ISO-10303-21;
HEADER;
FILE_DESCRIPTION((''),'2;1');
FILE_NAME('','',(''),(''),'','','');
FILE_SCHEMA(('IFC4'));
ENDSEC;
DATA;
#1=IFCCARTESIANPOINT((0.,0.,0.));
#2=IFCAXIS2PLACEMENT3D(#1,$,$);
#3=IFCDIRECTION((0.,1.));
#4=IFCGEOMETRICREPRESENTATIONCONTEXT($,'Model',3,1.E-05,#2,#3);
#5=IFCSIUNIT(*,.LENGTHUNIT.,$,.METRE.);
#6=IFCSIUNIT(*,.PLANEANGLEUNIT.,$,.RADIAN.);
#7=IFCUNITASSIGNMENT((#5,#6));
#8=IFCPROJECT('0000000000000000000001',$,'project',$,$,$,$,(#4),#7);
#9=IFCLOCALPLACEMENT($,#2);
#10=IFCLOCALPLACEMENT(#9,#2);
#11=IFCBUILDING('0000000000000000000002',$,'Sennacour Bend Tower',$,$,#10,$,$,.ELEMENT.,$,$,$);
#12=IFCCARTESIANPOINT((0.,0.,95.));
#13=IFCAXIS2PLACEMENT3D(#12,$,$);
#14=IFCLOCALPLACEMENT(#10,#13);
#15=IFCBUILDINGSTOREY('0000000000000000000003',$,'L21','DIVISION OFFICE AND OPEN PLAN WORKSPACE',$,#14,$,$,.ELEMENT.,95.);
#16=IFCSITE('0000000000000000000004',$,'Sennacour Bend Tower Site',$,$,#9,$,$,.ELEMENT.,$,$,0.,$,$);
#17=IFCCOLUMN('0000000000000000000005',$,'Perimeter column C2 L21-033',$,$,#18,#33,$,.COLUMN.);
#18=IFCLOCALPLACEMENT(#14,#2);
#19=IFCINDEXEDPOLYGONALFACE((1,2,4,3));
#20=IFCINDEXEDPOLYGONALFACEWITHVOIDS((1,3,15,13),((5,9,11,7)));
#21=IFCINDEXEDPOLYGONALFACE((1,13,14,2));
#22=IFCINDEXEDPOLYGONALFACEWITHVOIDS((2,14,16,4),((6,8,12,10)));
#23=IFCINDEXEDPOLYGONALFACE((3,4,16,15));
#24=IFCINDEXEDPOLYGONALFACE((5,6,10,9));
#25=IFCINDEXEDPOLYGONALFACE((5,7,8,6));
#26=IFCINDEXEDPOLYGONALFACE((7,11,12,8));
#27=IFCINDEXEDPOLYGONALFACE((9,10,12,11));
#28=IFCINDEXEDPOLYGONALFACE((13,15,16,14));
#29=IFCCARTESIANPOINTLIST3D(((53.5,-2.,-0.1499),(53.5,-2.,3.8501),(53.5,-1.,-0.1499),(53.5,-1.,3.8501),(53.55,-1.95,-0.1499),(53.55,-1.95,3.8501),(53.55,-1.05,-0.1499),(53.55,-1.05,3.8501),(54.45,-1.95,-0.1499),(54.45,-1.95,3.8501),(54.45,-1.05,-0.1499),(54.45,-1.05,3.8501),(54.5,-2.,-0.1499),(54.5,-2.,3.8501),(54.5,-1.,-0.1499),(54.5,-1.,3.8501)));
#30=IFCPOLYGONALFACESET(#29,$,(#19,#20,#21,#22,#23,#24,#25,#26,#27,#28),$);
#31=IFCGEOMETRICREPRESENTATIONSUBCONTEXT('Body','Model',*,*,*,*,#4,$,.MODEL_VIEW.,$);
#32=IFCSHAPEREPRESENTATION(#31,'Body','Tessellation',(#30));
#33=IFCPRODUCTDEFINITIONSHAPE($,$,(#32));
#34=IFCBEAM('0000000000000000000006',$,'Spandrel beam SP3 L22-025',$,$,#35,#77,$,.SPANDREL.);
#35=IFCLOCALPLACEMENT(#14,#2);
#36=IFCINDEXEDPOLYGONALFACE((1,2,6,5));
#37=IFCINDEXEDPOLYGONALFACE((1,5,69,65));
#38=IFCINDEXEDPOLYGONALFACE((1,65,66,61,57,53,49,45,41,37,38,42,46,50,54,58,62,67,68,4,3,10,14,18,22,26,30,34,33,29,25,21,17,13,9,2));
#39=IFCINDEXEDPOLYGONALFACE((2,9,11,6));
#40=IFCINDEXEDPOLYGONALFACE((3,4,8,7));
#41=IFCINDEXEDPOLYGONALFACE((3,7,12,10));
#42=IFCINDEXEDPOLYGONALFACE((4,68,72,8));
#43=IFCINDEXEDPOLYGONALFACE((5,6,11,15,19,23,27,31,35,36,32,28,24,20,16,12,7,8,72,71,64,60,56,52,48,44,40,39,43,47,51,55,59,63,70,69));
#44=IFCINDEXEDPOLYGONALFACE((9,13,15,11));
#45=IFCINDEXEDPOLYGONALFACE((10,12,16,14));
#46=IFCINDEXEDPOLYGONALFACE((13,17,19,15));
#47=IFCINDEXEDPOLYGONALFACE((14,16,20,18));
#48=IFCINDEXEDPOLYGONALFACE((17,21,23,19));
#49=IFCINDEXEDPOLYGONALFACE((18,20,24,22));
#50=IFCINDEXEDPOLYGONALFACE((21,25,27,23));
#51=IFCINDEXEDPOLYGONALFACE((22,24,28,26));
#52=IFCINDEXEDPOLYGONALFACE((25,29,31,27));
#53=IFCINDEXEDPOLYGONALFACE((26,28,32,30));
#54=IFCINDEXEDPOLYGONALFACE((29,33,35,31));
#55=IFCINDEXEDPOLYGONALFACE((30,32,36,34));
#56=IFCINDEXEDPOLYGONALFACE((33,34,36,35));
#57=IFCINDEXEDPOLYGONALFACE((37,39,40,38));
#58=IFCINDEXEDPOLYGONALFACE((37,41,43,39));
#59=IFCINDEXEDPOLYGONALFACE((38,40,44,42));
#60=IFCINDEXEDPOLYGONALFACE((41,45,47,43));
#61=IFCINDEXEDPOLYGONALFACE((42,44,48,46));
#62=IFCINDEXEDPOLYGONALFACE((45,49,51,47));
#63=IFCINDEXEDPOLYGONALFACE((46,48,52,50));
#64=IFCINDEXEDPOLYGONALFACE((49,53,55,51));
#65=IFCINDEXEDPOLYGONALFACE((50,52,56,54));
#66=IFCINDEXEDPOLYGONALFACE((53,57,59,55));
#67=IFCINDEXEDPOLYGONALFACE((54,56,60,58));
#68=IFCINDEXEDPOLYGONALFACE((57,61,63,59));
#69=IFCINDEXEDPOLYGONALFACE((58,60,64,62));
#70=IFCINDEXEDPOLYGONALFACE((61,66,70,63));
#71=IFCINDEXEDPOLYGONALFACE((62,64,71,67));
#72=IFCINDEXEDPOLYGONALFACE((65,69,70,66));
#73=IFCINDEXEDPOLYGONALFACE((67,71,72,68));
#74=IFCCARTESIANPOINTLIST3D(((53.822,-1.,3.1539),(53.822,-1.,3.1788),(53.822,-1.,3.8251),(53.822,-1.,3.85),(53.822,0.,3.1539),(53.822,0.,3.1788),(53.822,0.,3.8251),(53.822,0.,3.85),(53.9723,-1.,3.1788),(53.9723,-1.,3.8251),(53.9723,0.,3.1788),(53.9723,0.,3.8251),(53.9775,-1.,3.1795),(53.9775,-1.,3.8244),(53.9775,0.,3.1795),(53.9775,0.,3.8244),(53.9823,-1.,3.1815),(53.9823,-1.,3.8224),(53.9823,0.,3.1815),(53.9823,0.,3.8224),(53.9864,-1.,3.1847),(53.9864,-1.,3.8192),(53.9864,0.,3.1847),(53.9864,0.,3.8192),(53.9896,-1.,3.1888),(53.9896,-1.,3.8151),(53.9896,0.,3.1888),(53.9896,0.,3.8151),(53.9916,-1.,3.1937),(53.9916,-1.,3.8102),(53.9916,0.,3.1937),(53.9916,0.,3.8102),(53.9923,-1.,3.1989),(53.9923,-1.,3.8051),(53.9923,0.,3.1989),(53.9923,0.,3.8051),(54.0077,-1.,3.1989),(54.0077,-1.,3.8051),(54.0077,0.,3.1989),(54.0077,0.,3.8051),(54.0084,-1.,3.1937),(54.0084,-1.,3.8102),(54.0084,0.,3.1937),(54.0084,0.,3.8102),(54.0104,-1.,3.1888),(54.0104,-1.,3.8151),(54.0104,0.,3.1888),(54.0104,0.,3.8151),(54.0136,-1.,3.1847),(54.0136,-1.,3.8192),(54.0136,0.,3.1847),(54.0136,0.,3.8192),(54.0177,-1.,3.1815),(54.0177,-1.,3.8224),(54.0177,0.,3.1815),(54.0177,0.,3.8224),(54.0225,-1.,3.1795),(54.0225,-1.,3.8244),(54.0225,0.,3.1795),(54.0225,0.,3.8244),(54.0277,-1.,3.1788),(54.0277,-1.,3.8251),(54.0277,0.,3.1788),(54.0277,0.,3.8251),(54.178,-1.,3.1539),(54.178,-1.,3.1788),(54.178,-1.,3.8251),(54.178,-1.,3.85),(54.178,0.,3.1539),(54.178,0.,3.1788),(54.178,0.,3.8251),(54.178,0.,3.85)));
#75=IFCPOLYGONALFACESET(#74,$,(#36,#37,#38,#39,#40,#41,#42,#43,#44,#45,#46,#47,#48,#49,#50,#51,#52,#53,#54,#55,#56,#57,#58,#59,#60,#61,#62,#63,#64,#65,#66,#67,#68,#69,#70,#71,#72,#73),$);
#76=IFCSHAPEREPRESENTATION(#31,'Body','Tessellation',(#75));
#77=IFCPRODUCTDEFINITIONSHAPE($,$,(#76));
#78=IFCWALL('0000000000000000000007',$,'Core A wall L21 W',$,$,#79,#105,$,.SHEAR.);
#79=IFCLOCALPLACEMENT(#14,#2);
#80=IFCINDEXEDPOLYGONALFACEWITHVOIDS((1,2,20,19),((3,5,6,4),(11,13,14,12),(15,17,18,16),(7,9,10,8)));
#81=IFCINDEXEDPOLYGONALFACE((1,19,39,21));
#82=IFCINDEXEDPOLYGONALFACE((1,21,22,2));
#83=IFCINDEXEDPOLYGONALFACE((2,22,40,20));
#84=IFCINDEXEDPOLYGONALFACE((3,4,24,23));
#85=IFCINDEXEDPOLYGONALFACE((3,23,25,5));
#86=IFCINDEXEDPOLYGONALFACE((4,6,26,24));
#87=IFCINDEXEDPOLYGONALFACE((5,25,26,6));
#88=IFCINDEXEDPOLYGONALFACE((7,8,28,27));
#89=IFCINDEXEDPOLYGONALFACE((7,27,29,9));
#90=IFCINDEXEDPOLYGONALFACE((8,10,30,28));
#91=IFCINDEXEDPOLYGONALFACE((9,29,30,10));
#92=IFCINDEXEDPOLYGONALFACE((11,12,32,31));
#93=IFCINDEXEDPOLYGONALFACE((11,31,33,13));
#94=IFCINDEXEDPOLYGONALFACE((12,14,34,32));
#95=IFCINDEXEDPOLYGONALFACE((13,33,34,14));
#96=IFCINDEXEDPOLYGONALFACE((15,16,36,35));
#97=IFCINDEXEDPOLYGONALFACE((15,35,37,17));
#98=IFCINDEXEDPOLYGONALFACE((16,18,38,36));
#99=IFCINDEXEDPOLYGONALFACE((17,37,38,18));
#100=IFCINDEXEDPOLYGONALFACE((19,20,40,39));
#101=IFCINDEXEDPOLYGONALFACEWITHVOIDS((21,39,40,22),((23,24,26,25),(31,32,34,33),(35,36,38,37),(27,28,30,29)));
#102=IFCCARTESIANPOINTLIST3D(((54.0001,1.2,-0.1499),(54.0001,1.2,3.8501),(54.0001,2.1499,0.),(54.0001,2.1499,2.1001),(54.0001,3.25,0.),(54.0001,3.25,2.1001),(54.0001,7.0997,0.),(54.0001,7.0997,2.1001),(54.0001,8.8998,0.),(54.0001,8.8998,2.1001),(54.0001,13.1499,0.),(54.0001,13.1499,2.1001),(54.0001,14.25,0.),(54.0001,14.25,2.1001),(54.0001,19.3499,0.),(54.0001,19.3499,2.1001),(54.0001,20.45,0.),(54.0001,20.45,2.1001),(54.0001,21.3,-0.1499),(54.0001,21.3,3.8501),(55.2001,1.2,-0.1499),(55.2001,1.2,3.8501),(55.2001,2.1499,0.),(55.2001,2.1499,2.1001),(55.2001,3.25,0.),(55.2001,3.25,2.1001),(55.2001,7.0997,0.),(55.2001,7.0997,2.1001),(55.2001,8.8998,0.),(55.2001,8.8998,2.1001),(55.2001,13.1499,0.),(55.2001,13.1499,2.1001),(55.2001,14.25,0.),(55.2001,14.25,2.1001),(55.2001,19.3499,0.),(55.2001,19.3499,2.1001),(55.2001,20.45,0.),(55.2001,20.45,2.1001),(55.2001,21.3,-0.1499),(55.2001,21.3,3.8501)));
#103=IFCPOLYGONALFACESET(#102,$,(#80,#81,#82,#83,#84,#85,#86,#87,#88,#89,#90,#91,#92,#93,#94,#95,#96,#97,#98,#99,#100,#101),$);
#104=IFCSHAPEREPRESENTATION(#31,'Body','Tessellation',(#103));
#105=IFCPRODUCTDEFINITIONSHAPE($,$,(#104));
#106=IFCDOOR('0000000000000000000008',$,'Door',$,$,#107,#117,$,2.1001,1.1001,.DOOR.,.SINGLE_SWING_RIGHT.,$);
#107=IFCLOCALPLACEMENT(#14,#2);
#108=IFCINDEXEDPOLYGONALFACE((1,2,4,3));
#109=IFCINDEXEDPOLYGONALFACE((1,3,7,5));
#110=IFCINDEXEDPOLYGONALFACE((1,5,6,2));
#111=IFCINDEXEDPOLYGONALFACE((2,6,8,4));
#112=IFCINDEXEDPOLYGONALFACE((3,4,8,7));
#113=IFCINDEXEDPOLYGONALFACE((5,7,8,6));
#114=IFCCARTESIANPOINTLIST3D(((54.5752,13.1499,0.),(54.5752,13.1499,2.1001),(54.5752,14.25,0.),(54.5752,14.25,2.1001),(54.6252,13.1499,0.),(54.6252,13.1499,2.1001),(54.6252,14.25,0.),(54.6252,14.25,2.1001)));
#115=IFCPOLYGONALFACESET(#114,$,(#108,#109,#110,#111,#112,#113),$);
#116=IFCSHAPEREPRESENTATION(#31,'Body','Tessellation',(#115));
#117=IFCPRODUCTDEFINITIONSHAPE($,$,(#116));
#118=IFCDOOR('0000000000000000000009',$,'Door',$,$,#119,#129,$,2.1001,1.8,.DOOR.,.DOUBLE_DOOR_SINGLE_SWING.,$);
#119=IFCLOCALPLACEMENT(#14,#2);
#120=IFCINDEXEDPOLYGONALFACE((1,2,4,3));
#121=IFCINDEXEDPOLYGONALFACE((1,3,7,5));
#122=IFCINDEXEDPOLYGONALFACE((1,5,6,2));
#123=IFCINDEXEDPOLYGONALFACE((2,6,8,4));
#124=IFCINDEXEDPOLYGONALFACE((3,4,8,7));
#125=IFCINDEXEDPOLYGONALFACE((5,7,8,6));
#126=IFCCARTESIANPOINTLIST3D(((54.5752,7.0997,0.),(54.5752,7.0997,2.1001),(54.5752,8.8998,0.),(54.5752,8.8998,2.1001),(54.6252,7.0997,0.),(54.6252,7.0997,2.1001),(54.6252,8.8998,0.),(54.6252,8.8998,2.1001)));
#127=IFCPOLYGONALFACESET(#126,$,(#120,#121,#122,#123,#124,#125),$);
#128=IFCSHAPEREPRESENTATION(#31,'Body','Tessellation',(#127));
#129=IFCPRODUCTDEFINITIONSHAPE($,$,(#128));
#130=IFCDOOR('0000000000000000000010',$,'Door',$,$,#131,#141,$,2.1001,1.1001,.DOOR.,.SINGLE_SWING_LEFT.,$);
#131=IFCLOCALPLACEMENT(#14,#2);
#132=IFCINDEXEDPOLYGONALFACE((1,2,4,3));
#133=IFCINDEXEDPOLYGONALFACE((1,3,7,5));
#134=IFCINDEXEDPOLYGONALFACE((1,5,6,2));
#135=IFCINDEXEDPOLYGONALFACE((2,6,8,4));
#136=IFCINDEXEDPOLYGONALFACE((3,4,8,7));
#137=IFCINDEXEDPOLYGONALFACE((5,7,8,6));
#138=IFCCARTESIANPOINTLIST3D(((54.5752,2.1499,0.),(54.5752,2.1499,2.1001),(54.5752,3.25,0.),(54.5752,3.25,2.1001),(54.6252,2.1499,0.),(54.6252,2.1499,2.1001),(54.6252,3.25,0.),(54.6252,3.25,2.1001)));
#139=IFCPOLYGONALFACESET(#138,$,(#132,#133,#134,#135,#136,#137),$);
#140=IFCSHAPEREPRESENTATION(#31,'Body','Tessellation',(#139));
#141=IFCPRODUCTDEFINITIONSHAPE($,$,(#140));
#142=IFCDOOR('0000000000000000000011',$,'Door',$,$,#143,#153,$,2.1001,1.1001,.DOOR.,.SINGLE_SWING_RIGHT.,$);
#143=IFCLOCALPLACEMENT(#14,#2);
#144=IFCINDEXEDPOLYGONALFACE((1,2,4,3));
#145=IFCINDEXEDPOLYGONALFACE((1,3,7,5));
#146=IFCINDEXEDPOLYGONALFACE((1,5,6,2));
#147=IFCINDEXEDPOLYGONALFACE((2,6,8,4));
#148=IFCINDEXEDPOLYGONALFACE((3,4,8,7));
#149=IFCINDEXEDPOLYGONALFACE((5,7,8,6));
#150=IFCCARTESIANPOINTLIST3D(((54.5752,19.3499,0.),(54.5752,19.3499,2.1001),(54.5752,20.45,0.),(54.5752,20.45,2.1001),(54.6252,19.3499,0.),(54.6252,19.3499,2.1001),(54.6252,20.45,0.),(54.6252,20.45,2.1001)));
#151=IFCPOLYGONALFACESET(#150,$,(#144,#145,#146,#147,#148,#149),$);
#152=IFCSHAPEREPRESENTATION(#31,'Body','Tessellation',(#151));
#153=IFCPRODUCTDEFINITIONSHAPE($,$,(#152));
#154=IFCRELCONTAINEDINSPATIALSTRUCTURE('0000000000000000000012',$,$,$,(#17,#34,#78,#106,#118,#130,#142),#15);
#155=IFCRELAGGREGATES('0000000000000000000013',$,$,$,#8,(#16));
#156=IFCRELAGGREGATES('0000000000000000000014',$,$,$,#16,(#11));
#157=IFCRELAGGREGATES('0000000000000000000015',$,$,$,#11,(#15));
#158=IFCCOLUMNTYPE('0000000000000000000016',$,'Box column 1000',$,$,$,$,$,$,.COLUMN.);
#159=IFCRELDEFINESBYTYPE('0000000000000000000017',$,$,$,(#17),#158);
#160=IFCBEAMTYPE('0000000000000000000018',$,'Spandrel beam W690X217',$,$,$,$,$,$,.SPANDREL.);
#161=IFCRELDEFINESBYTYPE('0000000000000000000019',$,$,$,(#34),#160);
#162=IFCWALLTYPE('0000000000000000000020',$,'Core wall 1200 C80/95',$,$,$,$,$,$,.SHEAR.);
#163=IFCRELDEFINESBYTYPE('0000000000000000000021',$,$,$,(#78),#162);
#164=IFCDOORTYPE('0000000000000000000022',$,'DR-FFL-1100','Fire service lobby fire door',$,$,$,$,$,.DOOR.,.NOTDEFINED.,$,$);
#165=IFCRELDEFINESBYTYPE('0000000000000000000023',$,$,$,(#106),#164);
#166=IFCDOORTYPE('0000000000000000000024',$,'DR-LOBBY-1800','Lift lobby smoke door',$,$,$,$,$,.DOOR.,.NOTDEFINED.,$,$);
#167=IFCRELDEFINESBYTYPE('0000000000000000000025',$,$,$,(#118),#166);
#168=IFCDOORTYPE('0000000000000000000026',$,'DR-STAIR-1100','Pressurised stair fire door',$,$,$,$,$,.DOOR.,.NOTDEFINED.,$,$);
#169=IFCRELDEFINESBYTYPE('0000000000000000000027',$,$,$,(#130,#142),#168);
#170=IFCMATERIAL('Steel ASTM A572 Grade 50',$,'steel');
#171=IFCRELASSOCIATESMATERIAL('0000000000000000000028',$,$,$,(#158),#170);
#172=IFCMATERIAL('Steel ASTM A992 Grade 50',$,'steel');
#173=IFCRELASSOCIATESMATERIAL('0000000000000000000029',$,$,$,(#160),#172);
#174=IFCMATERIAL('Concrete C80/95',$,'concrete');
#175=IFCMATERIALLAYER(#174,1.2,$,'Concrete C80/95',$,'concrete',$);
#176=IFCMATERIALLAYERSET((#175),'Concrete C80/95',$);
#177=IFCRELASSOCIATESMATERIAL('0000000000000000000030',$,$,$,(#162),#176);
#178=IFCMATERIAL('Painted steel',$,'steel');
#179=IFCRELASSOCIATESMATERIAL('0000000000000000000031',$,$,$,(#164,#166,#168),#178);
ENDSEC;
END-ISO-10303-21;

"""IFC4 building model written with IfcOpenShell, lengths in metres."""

from ifc_helpers import new_model, si_unit, direction, frame, frame_2d, origin, origin_2d, place, context, subcontext, project, spatial, rectangle, hollow_rectangle, i_section, extrude, material, layer, layer_set, material_profile, profile_set, type_object, element, fill, save


model = new_model("IFC4")

# Units and contexts
model_context = context("Model", 3, precision=1e-05, world=origin(), true_north=direction((0.0, 1.0)))
body_context = subcontext(model_context, "Body", "Model", "MODEL_VIEW")
ifc_project = project(units=[si_unit("LENGTHUNIT", "METRE"), si_unit("PLANEANGLEUNIT", "RADIAN")], contexts=[model_context])

# Site, building, storey
site_placement = place(None, origin())
site = spatial("IfcSite", under=ifc_project, at=site_placement, Name="Sennacour Bend Tower Site", CompositionType="ELEMENT", RefElevation=0.0)
building_placement = place(site_placement, origin())
building = spatial("IfcBuilding", under=site, at=building_placement, Name="Sennacour Bend Tower", CompositionType="ELEMENT")
storey_placement = place(building_placement, frame((0.0, 0.0, 95.0)))
storey = spatial("IfcBuildingStorey", under=building, at=storey_placement, Name="L21", Description="DIVISION OFFICE AND OPEN PLAN WORKSPACE", CompositionType="ELEMENT", Elevation=95.0)

# Column
ifc_material_1 = material(Name="Steel ASTM A572 Grade 50", Category="steel")
ifc_material_profile_1 = material_profile(ifc_material_1, hollow_rectangle(XDim=1.0, YDim=1.0, WallThickness=0.05, at=origin_2d()), Name="Steel ASTM A572 Grade 50", Category="steel")
ifc_profile_set_1 = profile_set([ifc_material_profile_1], Name="Steel ASTM A572 Grade 50")
column_type = type_object("IfcColumnType", Name="Box column 1000", PredefinedType="COLUMN", material=ifc_profile_set_1)
column_placement = place(storey_placement, frame((54.0, -1.5, -0.1499), z_axis=(0.0, 0.0, 1.0), x_axis=(1.0, 0.0, 0.0)))
element("IfcColumn", 1, at=column_placement, inside=storey, type_object=column_type, Name="Perimeter column C2 L21-033", PredefinedType="COLUMN", context=body_context, shape_type="SweptSolid", body=[
    extrude(hollow_rectangle(XDim=1.0, YDim=1.0, WallThickness=0.05, at=origin_2d()), origin(), (0.0, 0.0, 1.0), 4.0),
])

# Beam
ifc_material_2 = material(Name="Steel ASTM A992 Grade 50", Category="steel")
ifc_material_profile_2 = material_profile(ifc_material_2, i_section(OverallWidth=0.356, OverallDepth=0.696, WebThickness=0.0154, FlangeThickness=0.0249, FilletRadius=0.02, at=origin_2d()), Name="Steel ASTM A992 Grade 50", Category="steel")
ifc_profile_set_2 = profile_set([ifc_material_profile_2], Name="Steel ASTM A992 Grade 50")
beam_type = type_object("IfcBeamType", Name="Spandrel beam W690X217", PredefinedType="SPANDREL", material=ifc_profile_set_2)
beam_placement = place(storey_placement, frame((54.0, 0.0, 3.502), z_axis=(0.0, -1.0, 0.0), x_axis=(1.0, 0.0, 0.0)))
element("IfcBeam", 2, at=beam_placement, inside=storey, type_object=beam_type, Name="Spandrel beam SP3 L22-025", PredefinedType="SPANDREL", context=body_context, shape_type="SweptSolid", body=[
    extrude(i_section(OverallWidth=0.356, OverallDepth=0.696, WebThickness=0.0154, FlangeThickness=0.0249, FilletRadius=0.02, at=origin_2d()), origin(), (0.0, 0.0, 1.0), 1.0),
])

# Wall, openings, doors
ifc_material_3 = material(Name="Concrete C80/95", Category="concrete")
ifc_layer_1 = layer(ifc_material_3, 1.2, Name="Concrete C80/95", Category="concrete")
ifc_layer_set_1 = layer_set([ifc_layer_1], Name="Concrete C80/95")
wall_type_1 = type_object("IfcWallType", Name="Core wall 1200 C80/95", PredefinedType="SHEAR", material=ifc_layer_set_1)
wall_1_placement = place(storey_placement, frame((54.6001, 1.2, -0.1499), z_axis=(0.0, 0.0, 1.0), x_axis=(0.0, 1.0, 0.0)))
wall_1 = element("IfcWall", 3, at=wall_1_placement, inside=storey, type_object=wall_type_1, Name="Core A wall L21 W", PredefinedType="SHEAR", context=body_context, shape_type="SweptSolid", body=[
    extrude(rectangle(XDim=20.1001, YDim=1.2, at=frame_2d((10.05, 0.0))), origin(), (0.0, 0.0, 1.0), 4.0),
])
opening_1_placement = place(wall_1_placement, frame((5.8999, 0.0, 0.1499)))
opening_1 = element("IfcOpeningElement", 4, at=opening_1_placement, cuts=wall_1, PredefinedType="OPENING", context=body_context, shape_type="SweptSolid", body=[
    extrude(rectangle(XDim=1.8, YDim=2.1001, at=frame_2d((0.8999, 1.05))), frame((0.0, 0.6099, 0.0), z_axis=(0.0, -1.0, 0.0), x_axis=(1.0, 0.0, 0.0)), (0.0, 0.0, 1.0), 1.22),
])
opening_2_placement = place(wall_1_placement, frame((11.95, 0.0, 0.1499)))
opening_2 = element("IfcOpeningElement", 5, at=opening_2_placement, cuts=wall_1, PredefinedType="OPENING", context=body_context, shape_type="SweptSolid", body=[
    extrude(rectangle(XDim=1.1001, YDim=2.1001, at=frame_2d((0.55, 1.05))), frame((0.0, 0.6099, 0.0), z_axis=(0.0, -1.0, 0.0), x_axis=(1.0, 0.0, 0.0)), (0.0, 0.0, 1.0), 1.22),
])
opening_3_placement = place(wall_1_placement, frame((0.95, 0.0, 0.1499)))
opening_3 = element("IfcOpeningElement", 6, at=opening_3_placement, cuts=wall_1, PredefinedType="OPENING", context=body_context, shape_type="SweptSolid", body=[
    extrude(rectangle(XDim=1.1001, YDim=2.1001, at=frame_2d((0.55, 1.05))), frame((0.0, 0.6099, 0.0), z_axis=(0.0, -1.0, 0.0), x_axis=(1.0, 0.0, 0.0)), (0.0, 0.0, 1.0), 1.22),
])
opening_4_placement = place(wall_1_placement, frame((18.1499, 0.0, 0.1499)))
opening_4 = element("IfcOpeningElement", 7, at=opening_4_placement, cuts=wall_1, PredefinedType="OPENING", context=body_context, shape_type="SweptSolid", body=[
    extrude(rectangle(XDim=1.1001, YDim=2.1001, at=frame_2d((0.55, 1.05))), frame((0.0, 0.6099, 0.0), z_axis=(0.0, -1.0, 0.0), x_axis=(1.0, 0.0, 0.0)), (0.0, 0.0, 1.0), 1.22),
])
ifc_material_4 = material(Name="Painted steel", Category="steel")
door_type_1 = type_object("IfcDoorType", Name="DR-FFL-1100", Description="Fire service lobby fire door", OperationType="NOTDEFINED", PredefinedType="DOOR", material=ifc_material_4)
door_1_placement = place(opening_2_placement, origin())
door_1 = element("IfcDoor", 8, at=door_1_placement, inside=storey, type_object=door_type_1, Name="Door", OperationType="SINGLE_SWING_RIGHT", OverallHeight=2.1001, OverallWidth=1.1001, PredefinedType="DOOR", context=body_context, shape_type="SweptSolid", body=[
    extrude(rectangle(XDim=1.1001, YDim=2.1001, at=frame_2d((0.55, 1.05))), frame((0.0, 0.0249, 0.0), z_axis=(0.0, -1.0, 0.0), x_axis=(1.0, 0.0, 0.0)), (0.0, 0.0, 1.0), 0.05),
])
fill(opening_2, door_1)
door_type_2 = type_object("IfcDoorType", Name="DR-LOBBY-1800", Description="Lift lobby smoke door", OperationType="NOTDEFINED", PredefinedType="DOOR", material=ifc_material_4)
door_2_placement = place(opening_1_placement, origin())
door_2 = element("IfcDoor", 9, at=door_2_placement, inside=storey, type_object=door_type_2, Name="Door", OperationType="DOUBLE_DOOR_SINGLE_SWING", OverallHeight=2.1001, OverallWidth=1.8, PredefinedType="DOOR", context=body_context, shape_type="SweptSolid", body=[
    extrude(rectangle(XDim=1.8, YDim=2.1001, at=frame_2d((0.8999, 1.05))), frame((0.0, 0.0249, 0.0), z_axis=(0.0, -1.0, 0.0), x_axis=(1.0, 0.0, 0.0)), (0.0, 0.0, 1.0), 0.05),
])
fill(opening_1, door_2)
door_type_3 = type_object("IfcDoorType", Name="DR-STAIR-1100", Description="Pressurised stair fire door", OperationType="NOTDEFINED", PredefinedType="DOOR", material=ifc_material_4)
door_3_placement = place(opening_3_placement, origin())
door_3 = element("IfcDoor", 10, at=door_3_placement, inside=storey, type_object=door_type_3, Name="Door", OperationType="SINGLE_SWING_LEFT", OverallHeight=2.1001, OverallWidth=1.1001, PredefinedType="DOOR", context=body_context, shape_type="SweptSolid", body=[
    extrude(rectangle(XDim=1.1001, YDim=2.1001, at=frame_2d((0.55, 1.05))), frame((0.0, 0.0249, 0.0), z_axis=(0.0, -1.0, 0.0), x_axis=(1.0, 0.0, 0.0)), (0.0, 0.0, 1.0), 0.05),
])
fill(opening_3, door_3)
door_4_placement = place(opening_4_placement, origin())
door_4 = element("IfcDoor", 11, at=door_4_placement, inside=storey, type_object=door_type_3, Name="Door", OperationType="SINGLE_SWING_RIGHT", OverallHeight=2.1001, OverallWidth=1.1001, PredefinedType="DOOR", context=body_context, shape_type="SweptSolid", body=[
    extrude(rectangle(XDim=1.1001, YDim=2.1001, at=frame_2d((0.55, 1.05))), frame((0.0, 0.0249, 0.0), z_axis=(0.0, -1.0, 0.0), x_axis=(1.0, 0.0, 0.0)), (0.0, 0.0, 1.0), 0.05),
])
fill(opening_4, door_4)

save(model, "model.ifc")
